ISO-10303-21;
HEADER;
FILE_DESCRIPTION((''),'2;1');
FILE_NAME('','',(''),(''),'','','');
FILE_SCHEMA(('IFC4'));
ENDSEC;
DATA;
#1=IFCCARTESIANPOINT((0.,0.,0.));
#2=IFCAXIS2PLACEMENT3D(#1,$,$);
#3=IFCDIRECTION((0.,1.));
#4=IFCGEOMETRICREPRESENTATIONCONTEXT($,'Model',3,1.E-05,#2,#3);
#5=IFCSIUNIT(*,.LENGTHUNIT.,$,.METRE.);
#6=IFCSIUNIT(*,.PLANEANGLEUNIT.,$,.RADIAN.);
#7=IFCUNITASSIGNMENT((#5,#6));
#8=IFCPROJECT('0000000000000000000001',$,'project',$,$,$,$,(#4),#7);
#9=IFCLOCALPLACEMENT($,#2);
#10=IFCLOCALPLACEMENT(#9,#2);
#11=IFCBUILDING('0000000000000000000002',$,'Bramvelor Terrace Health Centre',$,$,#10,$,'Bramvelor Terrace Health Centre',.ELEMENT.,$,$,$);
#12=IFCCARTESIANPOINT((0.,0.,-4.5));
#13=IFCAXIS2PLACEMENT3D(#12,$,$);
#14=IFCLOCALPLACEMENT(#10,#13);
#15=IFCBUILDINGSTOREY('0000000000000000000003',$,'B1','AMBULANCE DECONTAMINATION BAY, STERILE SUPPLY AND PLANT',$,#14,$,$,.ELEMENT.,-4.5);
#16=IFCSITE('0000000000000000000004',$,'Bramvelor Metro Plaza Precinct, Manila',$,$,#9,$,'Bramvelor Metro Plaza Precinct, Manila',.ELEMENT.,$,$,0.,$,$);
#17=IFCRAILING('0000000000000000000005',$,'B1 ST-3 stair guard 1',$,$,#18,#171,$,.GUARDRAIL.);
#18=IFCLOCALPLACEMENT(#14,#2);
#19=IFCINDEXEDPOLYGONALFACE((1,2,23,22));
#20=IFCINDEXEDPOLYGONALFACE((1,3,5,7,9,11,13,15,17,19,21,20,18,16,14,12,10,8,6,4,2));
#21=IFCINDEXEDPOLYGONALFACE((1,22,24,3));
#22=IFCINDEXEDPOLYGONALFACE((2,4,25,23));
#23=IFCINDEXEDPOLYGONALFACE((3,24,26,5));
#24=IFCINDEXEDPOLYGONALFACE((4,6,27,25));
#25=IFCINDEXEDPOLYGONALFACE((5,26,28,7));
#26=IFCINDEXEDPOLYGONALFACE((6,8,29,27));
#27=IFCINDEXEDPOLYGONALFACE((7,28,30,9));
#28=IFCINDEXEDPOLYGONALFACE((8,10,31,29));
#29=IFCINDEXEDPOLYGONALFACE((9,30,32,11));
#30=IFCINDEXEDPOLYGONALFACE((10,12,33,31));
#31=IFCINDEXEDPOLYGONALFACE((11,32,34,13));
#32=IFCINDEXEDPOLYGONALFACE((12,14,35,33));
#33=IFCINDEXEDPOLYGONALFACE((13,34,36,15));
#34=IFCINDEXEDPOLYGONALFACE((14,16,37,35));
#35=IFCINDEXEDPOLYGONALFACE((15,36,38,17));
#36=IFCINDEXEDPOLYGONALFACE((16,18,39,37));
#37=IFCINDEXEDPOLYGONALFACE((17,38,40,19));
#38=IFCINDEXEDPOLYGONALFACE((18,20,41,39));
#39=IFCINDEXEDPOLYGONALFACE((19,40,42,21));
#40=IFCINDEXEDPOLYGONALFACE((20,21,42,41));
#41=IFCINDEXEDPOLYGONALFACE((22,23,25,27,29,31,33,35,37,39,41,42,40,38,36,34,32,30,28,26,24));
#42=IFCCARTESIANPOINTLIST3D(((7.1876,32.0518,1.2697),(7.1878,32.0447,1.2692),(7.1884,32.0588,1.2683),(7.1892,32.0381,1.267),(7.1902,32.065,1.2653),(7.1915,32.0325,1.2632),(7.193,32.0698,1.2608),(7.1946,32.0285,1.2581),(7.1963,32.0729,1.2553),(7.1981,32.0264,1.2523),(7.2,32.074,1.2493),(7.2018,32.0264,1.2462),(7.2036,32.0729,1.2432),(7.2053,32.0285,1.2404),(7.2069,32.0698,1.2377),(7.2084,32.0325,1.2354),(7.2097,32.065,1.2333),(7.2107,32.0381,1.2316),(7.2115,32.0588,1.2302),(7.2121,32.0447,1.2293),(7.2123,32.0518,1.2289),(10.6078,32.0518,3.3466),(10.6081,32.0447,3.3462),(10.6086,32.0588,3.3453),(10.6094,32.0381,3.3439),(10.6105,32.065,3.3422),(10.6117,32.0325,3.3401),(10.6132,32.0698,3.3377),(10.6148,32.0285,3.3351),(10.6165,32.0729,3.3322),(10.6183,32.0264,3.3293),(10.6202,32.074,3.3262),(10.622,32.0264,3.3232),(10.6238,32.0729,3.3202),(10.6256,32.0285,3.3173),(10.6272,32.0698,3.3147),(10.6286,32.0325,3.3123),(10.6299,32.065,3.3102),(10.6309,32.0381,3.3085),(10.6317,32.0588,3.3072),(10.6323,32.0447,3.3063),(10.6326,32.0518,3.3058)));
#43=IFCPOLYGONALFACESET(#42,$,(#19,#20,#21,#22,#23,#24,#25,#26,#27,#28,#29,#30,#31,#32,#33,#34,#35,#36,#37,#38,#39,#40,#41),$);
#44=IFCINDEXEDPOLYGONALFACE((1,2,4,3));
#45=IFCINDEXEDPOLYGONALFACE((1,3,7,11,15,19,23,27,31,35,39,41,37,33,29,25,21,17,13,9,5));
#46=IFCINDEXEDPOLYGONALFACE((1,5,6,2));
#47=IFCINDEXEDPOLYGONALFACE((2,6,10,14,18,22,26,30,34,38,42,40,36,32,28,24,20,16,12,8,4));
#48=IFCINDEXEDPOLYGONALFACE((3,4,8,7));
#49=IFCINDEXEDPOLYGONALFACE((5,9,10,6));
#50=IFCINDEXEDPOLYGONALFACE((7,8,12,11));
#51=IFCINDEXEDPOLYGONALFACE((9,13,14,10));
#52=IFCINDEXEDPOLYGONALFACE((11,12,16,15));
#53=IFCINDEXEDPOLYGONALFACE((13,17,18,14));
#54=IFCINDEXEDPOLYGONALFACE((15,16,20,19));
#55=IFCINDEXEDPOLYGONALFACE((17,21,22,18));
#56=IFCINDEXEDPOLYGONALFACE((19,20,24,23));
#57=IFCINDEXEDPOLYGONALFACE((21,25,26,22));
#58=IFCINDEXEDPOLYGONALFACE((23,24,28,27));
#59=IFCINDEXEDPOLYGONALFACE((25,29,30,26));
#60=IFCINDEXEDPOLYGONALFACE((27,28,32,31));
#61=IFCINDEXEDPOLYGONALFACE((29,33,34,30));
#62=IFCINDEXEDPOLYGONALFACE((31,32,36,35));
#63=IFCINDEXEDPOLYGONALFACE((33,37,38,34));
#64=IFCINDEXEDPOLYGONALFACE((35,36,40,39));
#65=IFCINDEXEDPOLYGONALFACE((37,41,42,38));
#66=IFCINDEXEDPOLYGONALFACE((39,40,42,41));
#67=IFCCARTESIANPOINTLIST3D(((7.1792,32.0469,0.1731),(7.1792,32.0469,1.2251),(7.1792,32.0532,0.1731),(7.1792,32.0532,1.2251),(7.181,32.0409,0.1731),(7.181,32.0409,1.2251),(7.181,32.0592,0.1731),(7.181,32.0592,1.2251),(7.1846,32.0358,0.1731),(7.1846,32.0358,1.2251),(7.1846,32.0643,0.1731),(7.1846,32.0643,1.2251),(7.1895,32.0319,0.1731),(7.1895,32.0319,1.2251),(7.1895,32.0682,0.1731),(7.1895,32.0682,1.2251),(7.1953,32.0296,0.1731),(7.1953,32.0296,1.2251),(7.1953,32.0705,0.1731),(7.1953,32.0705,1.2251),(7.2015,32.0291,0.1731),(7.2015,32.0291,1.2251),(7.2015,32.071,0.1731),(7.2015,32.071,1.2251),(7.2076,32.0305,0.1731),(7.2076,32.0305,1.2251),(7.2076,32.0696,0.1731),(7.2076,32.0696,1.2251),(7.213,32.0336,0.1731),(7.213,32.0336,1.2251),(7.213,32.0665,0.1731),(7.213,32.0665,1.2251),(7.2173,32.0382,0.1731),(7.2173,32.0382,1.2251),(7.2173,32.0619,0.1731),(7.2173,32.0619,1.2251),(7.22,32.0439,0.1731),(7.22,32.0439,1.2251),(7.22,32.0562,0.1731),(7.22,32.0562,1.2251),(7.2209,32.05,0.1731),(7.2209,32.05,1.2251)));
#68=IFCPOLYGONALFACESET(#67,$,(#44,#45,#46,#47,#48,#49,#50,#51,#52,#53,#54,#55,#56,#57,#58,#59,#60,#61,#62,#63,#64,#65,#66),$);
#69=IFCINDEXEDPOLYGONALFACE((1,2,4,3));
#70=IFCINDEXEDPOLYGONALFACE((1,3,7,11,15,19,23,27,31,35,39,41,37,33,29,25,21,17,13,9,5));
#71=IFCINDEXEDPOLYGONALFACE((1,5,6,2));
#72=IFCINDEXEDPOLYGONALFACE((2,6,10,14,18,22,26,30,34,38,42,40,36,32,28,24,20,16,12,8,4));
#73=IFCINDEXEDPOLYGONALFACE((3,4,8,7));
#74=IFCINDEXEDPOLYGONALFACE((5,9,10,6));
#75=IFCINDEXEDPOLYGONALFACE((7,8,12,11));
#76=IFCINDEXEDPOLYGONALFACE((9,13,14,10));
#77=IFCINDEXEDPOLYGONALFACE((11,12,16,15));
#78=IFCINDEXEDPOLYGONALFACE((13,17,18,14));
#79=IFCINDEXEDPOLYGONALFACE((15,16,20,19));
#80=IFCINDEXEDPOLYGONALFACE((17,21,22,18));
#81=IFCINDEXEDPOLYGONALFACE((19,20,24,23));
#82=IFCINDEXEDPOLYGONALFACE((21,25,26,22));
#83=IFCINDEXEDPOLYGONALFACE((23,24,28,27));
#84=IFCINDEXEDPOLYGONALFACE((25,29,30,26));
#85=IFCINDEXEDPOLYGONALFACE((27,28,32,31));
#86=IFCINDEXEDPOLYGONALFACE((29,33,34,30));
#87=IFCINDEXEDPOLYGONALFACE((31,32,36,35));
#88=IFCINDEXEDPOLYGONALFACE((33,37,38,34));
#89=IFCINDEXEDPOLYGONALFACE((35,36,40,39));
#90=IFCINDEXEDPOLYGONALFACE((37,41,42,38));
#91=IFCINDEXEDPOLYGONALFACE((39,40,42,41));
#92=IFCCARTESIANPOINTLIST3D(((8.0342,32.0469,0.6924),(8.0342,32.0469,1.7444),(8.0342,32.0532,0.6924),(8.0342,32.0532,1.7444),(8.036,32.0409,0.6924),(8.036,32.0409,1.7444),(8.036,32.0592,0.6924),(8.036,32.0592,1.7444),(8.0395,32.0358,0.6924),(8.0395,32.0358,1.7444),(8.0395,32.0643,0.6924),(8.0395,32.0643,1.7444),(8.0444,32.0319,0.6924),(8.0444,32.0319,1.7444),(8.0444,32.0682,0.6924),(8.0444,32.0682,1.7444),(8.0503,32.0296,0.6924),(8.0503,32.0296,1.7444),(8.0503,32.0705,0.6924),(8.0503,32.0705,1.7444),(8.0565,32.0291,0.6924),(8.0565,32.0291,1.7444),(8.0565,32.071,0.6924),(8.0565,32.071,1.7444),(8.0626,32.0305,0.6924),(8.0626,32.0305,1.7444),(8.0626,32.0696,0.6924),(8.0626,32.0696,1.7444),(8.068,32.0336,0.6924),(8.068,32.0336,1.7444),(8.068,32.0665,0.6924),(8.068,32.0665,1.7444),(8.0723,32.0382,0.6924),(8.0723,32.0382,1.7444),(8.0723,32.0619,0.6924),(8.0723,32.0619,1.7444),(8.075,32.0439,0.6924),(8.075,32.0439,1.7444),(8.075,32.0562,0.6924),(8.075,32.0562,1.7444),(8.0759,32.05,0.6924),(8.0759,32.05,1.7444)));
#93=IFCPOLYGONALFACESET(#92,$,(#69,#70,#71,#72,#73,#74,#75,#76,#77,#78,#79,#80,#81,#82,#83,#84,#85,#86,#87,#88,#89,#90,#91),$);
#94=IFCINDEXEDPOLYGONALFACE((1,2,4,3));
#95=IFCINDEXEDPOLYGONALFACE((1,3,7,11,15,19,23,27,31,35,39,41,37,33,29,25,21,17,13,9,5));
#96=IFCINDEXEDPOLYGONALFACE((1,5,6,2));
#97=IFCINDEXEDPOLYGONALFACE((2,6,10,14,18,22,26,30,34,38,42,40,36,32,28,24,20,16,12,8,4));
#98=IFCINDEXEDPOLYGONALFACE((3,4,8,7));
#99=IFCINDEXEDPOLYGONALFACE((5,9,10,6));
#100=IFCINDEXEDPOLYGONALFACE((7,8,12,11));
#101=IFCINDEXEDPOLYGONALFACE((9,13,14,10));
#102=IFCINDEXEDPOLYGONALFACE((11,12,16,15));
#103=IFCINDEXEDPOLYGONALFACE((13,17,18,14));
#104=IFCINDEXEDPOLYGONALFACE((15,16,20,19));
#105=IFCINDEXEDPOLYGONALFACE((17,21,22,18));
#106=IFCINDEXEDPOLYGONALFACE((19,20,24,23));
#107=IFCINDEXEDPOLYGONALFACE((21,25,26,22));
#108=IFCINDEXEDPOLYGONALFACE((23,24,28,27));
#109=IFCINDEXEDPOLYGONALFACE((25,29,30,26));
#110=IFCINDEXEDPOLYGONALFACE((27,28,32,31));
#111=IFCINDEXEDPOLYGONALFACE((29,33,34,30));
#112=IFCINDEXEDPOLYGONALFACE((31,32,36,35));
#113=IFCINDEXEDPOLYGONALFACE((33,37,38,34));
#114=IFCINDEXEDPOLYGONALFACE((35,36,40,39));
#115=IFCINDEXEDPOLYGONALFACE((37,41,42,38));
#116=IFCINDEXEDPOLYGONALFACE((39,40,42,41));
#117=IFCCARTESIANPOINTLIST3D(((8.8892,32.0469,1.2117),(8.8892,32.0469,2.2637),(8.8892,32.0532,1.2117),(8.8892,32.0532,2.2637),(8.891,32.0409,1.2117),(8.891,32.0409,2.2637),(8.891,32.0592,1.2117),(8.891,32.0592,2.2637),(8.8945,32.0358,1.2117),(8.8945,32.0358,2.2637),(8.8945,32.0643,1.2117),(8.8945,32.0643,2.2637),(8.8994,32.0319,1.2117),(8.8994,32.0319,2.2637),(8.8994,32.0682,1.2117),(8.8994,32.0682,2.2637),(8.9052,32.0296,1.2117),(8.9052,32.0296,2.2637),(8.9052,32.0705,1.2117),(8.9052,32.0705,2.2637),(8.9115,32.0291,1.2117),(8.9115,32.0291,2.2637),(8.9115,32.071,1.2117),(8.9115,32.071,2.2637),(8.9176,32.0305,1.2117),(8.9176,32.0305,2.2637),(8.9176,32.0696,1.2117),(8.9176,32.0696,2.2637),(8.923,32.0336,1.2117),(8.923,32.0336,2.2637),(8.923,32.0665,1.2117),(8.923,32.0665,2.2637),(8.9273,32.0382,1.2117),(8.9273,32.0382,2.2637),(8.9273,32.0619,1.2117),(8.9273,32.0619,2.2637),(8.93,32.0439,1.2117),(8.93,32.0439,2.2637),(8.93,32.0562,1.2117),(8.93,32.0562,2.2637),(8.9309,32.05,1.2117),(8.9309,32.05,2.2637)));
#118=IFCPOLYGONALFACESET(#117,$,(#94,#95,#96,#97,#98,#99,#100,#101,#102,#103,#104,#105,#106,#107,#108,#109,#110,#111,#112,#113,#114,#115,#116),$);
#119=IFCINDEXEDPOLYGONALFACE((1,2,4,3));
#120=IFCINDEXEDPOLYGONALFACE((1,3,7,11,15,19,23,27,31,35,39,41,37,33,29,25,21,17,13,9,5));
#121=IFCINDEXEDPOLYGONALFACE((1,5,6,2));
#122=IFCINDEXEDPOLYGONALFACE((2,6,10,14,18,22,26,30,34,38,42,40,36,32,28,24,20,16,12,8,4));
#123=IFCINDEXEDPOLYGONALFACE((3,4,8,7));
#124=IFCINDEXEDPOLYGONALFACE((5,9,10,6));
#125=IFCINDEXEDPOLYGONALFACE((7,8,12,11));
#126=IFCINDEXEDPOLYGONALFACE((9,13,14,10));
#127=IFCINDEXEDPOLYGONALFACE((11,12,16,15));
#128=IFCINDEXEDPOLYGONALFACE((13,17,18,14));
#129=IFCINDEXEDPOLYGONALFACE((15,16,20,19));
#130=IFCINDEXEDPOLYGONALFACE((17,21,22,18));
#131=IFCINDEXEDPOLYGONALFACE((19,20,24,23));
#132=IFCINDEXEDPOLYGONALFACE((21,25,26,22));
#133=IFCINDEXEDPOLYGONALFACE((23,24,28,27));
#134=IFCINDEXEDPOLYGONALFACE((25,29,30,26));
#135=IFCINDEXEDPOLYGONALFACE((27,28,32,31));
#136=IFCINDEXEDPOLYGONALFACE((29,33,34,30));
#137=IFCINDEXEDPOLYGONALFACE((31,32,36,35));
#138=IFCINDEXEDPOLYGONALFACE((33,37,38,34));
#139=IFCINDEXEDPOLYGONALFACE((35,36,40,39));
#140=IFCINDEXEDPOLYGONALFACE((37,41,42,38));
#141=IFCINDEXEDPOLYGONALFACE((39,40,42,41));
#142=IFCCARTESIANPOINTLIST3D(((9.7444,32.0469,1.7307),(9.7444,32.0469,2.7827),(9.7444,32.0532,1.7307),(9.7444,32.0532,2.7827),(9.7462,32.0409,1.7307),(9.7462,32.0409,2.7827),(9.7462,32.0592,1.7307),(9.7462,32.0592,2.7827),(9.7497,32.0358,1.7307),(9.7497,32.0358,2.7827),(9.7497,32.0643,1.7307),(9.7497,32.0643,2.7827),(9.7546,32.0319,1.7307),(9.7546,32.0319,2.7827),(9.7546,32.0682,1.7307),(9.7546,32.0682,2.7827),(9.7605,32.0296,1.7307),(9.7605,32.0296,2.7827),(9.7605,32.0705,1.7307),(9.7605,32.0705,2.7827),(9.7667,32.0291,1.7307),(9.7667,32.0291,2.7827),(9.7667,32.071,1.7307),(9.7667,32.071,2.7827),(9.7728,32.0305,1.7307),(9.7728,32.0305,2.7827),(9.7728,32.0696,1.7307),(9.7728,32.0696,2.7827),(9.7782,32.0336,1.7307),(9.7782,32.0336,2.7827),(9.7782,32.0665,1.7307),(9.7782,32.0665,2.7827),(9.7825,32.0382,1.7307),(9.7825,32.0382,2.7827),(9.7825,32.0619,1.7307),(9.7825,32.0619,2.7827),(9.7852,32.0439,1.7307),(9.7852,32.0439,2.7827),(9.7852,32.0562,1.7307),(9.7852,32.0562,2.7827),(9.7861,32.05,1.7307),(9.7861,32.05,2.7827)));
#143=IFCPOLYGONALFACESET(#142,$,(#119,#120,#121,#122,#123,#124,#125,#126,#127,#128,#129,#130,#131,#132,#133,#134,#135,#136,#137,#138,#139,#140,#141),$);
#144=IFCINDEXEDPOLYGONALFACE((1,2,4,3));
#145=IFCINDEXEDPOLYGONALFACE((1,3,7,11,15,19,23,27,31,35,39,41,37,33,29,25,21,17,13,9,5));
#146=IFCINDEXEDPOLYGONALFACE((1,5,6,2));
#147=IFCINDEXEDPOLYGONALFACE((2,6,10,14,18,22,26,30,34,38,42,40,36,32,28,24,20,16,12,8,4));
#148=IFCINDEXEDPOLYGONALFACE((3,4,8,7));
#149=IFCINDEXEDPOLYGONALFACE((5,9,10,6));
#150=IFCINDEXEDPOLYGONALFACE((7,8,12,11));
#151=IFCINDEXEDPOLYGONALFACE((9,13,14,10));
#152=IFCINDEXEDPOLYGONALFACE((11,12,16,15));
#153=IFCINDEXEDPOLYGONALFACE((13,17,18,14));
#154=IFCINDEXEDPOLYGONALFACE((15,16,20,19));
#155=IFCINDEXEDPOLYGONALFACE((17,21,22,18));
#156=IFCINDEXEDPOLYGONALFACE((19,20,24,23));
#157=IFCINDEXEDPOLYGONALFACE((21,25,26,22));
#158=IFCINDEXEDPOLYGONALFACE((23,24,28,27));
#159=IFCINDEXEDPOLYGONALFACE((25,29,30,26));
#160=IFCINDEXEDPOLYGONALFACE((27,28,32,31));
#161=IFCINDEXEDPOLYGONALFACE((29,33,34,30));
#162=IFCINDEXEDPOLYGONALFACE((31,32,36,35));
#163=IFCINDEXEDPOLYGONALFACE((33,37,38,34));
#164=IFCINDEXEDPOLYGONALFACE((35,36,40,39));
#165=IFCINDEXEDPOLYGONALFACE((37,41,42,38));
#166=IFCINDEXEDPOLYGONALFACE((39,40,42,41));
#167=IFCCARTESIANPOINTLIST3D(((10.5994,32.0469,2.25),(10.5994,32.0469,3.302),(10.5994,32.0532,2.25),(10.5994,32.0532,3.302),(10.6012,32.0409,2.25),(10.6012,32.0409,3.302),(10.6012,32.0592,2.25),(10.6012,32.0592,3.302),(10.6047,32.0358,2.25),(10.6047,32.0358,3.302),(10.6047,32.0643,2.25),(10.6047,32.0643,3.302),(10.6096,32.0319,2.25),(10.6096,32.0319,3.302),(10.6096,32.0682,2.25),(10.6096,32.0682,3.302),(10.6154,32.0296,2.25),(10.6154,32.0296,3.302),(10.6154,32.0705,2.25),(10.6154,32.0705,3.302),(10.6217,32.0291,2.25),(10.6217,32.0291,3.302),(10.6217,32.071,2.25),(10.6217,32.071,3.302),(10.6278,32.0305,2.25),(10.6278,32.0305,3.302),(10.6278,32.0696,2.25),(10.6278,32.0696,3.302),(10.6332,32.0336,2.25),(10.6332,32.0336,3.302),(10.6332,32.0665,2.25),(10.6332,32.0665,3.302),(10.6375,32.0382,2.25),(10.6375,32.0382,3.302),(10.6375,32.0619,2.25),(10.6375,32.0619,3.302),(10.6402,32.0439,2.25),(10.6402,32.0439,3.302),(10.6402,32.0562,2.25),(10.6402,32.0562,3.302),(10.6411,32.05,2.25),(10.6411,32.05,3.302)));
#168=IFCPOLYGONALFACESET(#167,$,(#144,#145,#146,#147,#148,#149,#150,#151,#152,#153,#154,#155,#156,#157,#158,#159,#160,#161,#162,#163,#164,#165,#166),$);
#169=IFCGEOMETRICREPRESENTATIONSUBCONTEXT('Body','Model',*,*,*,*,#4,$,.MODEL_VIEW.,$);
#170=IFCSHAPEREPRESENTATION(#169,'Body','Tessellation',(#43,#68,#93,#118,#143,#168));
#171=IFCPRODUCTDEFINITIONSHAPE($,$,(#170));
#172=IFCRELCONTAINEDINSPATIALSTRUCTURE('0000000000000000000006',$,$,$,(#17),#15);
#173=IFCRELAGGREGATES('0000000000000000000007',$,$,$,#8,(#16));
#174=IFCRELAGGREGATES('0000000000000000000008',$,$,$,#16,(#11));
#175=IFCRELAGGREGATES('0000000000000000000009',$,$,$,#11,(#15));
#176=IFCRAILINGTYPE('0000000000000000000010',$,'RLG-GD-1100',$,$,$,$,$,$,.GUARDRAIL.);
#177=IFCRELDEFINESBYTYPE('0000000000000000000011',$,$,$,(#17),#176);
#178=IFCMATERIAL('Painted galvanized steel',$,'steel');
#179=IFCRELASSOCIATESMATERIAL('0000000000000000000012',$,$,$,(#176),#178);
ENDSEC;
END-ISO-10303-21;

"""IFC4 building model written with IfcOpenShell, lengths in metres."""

from ifc_helpers import new_model, si_unit, direction, frame, origin, origin_2d, place, context, subcontext, project, spatial, circle, extrude, material, type_object, element, save


model = new_model("IFC4")

# Units and contexts
model_context = context("Model", 3, precision=1e-05, world=origin(), true_north=direction((0.0, 1.0)))
body_context = subcontext(model_context, "Body", "Model", "MODEL_VIEW")
ifc_project = project(units=[si_unit("LENGTHUNIT", "METRE"), si_unit("PLANEANGLEUNIT", "RADIAN")], contexts=[model_context])

# Site, building, storey
site_placement = place(None, origin())
site = spatial("IfcSite", under=ifc_project, at=site_placement, Name="Bramvelor Metro Plaza Precinct, Manila", LongName="Bramvelor Metro Plaza Precinct, Manila", CompositionType="ELEMENT", RefElevation=0.0)
building_placement = place(site_placement, origin())
building = spatial("IfcBuilding", under=site, at=building_placement, Name="Bramvelor Terrace Health Centre", LongName="Bramvelor Terrace Health Centre", CompositionType="ELEMENT")
storey_placement = place(building_placement, frame((0.0, 0.0, -4.5)))
storey = spatial("IfcBuildingStorey", under=building, at=storey_placement, Name="B1", Description="AMBULANCE DECONTAMINATION BAY, STERILE SUPPLY AND PLANT", CompositionType="ELEMENT", Elevation=-4.5)

# Railing
ifc_material_1 = material(Name="Painted galvanized steel", Category="steel")
railing_type_1 = type_object("IfcRailingType", Name="RLG-GD-1100", PredefinedType="GUARDRAIL", material=ifc_material_1)
railing_1_placement = place(storey_placement, frame((7.2, 32.05, 0.1731)))
element("IfcRailing", 1, at=railing_1_placement, inside=storey, type_object=railing_type_1, Name="B1 ST-3 stair guard 1", PredefinedType="GUARDRAIL", context=body_context, shape_type="SweptSolid", body=[
    extrude(circle(Radius=0.0239, at=origin_2d()), frame((0.0, 0.0, 1.0762), z_axis=(0.854746, 0.0, 0.519047), x_axis=(0.0, 1.0, 0.0)), (0.0, 0.0, 1.0), 4.0015),
    extrude(circle(Radius=0.021, at=origin_2d()), origin(), (0.0, 0.0, 1.0), 1.052),
    extrude(circle(Radius=0.021, at=origin_2d()), frame((0.855, 0.0, 0.5193)), (0.0, 0.0, 1.0), 1.052),
    extrude(circle(Radius=0.021, at=origin_2d()), frame((1.71, 0.0, 1.0386)), (0.0, 0.0, 1.0), 1.052),
    extrude(circle(Radius=0.021, at=origin_2d()), frame((2.5652, 0.0, 1.5576)), (0.0, 0.0, 1.0), 1.052),
    extrude(circle(Radius=0.021, at=origin_2d()), frame((3.4202, 0.0, 2.0769)), (0.0, 0.0, 1.0), 1.052),
])

save(model, "model.ifc")
